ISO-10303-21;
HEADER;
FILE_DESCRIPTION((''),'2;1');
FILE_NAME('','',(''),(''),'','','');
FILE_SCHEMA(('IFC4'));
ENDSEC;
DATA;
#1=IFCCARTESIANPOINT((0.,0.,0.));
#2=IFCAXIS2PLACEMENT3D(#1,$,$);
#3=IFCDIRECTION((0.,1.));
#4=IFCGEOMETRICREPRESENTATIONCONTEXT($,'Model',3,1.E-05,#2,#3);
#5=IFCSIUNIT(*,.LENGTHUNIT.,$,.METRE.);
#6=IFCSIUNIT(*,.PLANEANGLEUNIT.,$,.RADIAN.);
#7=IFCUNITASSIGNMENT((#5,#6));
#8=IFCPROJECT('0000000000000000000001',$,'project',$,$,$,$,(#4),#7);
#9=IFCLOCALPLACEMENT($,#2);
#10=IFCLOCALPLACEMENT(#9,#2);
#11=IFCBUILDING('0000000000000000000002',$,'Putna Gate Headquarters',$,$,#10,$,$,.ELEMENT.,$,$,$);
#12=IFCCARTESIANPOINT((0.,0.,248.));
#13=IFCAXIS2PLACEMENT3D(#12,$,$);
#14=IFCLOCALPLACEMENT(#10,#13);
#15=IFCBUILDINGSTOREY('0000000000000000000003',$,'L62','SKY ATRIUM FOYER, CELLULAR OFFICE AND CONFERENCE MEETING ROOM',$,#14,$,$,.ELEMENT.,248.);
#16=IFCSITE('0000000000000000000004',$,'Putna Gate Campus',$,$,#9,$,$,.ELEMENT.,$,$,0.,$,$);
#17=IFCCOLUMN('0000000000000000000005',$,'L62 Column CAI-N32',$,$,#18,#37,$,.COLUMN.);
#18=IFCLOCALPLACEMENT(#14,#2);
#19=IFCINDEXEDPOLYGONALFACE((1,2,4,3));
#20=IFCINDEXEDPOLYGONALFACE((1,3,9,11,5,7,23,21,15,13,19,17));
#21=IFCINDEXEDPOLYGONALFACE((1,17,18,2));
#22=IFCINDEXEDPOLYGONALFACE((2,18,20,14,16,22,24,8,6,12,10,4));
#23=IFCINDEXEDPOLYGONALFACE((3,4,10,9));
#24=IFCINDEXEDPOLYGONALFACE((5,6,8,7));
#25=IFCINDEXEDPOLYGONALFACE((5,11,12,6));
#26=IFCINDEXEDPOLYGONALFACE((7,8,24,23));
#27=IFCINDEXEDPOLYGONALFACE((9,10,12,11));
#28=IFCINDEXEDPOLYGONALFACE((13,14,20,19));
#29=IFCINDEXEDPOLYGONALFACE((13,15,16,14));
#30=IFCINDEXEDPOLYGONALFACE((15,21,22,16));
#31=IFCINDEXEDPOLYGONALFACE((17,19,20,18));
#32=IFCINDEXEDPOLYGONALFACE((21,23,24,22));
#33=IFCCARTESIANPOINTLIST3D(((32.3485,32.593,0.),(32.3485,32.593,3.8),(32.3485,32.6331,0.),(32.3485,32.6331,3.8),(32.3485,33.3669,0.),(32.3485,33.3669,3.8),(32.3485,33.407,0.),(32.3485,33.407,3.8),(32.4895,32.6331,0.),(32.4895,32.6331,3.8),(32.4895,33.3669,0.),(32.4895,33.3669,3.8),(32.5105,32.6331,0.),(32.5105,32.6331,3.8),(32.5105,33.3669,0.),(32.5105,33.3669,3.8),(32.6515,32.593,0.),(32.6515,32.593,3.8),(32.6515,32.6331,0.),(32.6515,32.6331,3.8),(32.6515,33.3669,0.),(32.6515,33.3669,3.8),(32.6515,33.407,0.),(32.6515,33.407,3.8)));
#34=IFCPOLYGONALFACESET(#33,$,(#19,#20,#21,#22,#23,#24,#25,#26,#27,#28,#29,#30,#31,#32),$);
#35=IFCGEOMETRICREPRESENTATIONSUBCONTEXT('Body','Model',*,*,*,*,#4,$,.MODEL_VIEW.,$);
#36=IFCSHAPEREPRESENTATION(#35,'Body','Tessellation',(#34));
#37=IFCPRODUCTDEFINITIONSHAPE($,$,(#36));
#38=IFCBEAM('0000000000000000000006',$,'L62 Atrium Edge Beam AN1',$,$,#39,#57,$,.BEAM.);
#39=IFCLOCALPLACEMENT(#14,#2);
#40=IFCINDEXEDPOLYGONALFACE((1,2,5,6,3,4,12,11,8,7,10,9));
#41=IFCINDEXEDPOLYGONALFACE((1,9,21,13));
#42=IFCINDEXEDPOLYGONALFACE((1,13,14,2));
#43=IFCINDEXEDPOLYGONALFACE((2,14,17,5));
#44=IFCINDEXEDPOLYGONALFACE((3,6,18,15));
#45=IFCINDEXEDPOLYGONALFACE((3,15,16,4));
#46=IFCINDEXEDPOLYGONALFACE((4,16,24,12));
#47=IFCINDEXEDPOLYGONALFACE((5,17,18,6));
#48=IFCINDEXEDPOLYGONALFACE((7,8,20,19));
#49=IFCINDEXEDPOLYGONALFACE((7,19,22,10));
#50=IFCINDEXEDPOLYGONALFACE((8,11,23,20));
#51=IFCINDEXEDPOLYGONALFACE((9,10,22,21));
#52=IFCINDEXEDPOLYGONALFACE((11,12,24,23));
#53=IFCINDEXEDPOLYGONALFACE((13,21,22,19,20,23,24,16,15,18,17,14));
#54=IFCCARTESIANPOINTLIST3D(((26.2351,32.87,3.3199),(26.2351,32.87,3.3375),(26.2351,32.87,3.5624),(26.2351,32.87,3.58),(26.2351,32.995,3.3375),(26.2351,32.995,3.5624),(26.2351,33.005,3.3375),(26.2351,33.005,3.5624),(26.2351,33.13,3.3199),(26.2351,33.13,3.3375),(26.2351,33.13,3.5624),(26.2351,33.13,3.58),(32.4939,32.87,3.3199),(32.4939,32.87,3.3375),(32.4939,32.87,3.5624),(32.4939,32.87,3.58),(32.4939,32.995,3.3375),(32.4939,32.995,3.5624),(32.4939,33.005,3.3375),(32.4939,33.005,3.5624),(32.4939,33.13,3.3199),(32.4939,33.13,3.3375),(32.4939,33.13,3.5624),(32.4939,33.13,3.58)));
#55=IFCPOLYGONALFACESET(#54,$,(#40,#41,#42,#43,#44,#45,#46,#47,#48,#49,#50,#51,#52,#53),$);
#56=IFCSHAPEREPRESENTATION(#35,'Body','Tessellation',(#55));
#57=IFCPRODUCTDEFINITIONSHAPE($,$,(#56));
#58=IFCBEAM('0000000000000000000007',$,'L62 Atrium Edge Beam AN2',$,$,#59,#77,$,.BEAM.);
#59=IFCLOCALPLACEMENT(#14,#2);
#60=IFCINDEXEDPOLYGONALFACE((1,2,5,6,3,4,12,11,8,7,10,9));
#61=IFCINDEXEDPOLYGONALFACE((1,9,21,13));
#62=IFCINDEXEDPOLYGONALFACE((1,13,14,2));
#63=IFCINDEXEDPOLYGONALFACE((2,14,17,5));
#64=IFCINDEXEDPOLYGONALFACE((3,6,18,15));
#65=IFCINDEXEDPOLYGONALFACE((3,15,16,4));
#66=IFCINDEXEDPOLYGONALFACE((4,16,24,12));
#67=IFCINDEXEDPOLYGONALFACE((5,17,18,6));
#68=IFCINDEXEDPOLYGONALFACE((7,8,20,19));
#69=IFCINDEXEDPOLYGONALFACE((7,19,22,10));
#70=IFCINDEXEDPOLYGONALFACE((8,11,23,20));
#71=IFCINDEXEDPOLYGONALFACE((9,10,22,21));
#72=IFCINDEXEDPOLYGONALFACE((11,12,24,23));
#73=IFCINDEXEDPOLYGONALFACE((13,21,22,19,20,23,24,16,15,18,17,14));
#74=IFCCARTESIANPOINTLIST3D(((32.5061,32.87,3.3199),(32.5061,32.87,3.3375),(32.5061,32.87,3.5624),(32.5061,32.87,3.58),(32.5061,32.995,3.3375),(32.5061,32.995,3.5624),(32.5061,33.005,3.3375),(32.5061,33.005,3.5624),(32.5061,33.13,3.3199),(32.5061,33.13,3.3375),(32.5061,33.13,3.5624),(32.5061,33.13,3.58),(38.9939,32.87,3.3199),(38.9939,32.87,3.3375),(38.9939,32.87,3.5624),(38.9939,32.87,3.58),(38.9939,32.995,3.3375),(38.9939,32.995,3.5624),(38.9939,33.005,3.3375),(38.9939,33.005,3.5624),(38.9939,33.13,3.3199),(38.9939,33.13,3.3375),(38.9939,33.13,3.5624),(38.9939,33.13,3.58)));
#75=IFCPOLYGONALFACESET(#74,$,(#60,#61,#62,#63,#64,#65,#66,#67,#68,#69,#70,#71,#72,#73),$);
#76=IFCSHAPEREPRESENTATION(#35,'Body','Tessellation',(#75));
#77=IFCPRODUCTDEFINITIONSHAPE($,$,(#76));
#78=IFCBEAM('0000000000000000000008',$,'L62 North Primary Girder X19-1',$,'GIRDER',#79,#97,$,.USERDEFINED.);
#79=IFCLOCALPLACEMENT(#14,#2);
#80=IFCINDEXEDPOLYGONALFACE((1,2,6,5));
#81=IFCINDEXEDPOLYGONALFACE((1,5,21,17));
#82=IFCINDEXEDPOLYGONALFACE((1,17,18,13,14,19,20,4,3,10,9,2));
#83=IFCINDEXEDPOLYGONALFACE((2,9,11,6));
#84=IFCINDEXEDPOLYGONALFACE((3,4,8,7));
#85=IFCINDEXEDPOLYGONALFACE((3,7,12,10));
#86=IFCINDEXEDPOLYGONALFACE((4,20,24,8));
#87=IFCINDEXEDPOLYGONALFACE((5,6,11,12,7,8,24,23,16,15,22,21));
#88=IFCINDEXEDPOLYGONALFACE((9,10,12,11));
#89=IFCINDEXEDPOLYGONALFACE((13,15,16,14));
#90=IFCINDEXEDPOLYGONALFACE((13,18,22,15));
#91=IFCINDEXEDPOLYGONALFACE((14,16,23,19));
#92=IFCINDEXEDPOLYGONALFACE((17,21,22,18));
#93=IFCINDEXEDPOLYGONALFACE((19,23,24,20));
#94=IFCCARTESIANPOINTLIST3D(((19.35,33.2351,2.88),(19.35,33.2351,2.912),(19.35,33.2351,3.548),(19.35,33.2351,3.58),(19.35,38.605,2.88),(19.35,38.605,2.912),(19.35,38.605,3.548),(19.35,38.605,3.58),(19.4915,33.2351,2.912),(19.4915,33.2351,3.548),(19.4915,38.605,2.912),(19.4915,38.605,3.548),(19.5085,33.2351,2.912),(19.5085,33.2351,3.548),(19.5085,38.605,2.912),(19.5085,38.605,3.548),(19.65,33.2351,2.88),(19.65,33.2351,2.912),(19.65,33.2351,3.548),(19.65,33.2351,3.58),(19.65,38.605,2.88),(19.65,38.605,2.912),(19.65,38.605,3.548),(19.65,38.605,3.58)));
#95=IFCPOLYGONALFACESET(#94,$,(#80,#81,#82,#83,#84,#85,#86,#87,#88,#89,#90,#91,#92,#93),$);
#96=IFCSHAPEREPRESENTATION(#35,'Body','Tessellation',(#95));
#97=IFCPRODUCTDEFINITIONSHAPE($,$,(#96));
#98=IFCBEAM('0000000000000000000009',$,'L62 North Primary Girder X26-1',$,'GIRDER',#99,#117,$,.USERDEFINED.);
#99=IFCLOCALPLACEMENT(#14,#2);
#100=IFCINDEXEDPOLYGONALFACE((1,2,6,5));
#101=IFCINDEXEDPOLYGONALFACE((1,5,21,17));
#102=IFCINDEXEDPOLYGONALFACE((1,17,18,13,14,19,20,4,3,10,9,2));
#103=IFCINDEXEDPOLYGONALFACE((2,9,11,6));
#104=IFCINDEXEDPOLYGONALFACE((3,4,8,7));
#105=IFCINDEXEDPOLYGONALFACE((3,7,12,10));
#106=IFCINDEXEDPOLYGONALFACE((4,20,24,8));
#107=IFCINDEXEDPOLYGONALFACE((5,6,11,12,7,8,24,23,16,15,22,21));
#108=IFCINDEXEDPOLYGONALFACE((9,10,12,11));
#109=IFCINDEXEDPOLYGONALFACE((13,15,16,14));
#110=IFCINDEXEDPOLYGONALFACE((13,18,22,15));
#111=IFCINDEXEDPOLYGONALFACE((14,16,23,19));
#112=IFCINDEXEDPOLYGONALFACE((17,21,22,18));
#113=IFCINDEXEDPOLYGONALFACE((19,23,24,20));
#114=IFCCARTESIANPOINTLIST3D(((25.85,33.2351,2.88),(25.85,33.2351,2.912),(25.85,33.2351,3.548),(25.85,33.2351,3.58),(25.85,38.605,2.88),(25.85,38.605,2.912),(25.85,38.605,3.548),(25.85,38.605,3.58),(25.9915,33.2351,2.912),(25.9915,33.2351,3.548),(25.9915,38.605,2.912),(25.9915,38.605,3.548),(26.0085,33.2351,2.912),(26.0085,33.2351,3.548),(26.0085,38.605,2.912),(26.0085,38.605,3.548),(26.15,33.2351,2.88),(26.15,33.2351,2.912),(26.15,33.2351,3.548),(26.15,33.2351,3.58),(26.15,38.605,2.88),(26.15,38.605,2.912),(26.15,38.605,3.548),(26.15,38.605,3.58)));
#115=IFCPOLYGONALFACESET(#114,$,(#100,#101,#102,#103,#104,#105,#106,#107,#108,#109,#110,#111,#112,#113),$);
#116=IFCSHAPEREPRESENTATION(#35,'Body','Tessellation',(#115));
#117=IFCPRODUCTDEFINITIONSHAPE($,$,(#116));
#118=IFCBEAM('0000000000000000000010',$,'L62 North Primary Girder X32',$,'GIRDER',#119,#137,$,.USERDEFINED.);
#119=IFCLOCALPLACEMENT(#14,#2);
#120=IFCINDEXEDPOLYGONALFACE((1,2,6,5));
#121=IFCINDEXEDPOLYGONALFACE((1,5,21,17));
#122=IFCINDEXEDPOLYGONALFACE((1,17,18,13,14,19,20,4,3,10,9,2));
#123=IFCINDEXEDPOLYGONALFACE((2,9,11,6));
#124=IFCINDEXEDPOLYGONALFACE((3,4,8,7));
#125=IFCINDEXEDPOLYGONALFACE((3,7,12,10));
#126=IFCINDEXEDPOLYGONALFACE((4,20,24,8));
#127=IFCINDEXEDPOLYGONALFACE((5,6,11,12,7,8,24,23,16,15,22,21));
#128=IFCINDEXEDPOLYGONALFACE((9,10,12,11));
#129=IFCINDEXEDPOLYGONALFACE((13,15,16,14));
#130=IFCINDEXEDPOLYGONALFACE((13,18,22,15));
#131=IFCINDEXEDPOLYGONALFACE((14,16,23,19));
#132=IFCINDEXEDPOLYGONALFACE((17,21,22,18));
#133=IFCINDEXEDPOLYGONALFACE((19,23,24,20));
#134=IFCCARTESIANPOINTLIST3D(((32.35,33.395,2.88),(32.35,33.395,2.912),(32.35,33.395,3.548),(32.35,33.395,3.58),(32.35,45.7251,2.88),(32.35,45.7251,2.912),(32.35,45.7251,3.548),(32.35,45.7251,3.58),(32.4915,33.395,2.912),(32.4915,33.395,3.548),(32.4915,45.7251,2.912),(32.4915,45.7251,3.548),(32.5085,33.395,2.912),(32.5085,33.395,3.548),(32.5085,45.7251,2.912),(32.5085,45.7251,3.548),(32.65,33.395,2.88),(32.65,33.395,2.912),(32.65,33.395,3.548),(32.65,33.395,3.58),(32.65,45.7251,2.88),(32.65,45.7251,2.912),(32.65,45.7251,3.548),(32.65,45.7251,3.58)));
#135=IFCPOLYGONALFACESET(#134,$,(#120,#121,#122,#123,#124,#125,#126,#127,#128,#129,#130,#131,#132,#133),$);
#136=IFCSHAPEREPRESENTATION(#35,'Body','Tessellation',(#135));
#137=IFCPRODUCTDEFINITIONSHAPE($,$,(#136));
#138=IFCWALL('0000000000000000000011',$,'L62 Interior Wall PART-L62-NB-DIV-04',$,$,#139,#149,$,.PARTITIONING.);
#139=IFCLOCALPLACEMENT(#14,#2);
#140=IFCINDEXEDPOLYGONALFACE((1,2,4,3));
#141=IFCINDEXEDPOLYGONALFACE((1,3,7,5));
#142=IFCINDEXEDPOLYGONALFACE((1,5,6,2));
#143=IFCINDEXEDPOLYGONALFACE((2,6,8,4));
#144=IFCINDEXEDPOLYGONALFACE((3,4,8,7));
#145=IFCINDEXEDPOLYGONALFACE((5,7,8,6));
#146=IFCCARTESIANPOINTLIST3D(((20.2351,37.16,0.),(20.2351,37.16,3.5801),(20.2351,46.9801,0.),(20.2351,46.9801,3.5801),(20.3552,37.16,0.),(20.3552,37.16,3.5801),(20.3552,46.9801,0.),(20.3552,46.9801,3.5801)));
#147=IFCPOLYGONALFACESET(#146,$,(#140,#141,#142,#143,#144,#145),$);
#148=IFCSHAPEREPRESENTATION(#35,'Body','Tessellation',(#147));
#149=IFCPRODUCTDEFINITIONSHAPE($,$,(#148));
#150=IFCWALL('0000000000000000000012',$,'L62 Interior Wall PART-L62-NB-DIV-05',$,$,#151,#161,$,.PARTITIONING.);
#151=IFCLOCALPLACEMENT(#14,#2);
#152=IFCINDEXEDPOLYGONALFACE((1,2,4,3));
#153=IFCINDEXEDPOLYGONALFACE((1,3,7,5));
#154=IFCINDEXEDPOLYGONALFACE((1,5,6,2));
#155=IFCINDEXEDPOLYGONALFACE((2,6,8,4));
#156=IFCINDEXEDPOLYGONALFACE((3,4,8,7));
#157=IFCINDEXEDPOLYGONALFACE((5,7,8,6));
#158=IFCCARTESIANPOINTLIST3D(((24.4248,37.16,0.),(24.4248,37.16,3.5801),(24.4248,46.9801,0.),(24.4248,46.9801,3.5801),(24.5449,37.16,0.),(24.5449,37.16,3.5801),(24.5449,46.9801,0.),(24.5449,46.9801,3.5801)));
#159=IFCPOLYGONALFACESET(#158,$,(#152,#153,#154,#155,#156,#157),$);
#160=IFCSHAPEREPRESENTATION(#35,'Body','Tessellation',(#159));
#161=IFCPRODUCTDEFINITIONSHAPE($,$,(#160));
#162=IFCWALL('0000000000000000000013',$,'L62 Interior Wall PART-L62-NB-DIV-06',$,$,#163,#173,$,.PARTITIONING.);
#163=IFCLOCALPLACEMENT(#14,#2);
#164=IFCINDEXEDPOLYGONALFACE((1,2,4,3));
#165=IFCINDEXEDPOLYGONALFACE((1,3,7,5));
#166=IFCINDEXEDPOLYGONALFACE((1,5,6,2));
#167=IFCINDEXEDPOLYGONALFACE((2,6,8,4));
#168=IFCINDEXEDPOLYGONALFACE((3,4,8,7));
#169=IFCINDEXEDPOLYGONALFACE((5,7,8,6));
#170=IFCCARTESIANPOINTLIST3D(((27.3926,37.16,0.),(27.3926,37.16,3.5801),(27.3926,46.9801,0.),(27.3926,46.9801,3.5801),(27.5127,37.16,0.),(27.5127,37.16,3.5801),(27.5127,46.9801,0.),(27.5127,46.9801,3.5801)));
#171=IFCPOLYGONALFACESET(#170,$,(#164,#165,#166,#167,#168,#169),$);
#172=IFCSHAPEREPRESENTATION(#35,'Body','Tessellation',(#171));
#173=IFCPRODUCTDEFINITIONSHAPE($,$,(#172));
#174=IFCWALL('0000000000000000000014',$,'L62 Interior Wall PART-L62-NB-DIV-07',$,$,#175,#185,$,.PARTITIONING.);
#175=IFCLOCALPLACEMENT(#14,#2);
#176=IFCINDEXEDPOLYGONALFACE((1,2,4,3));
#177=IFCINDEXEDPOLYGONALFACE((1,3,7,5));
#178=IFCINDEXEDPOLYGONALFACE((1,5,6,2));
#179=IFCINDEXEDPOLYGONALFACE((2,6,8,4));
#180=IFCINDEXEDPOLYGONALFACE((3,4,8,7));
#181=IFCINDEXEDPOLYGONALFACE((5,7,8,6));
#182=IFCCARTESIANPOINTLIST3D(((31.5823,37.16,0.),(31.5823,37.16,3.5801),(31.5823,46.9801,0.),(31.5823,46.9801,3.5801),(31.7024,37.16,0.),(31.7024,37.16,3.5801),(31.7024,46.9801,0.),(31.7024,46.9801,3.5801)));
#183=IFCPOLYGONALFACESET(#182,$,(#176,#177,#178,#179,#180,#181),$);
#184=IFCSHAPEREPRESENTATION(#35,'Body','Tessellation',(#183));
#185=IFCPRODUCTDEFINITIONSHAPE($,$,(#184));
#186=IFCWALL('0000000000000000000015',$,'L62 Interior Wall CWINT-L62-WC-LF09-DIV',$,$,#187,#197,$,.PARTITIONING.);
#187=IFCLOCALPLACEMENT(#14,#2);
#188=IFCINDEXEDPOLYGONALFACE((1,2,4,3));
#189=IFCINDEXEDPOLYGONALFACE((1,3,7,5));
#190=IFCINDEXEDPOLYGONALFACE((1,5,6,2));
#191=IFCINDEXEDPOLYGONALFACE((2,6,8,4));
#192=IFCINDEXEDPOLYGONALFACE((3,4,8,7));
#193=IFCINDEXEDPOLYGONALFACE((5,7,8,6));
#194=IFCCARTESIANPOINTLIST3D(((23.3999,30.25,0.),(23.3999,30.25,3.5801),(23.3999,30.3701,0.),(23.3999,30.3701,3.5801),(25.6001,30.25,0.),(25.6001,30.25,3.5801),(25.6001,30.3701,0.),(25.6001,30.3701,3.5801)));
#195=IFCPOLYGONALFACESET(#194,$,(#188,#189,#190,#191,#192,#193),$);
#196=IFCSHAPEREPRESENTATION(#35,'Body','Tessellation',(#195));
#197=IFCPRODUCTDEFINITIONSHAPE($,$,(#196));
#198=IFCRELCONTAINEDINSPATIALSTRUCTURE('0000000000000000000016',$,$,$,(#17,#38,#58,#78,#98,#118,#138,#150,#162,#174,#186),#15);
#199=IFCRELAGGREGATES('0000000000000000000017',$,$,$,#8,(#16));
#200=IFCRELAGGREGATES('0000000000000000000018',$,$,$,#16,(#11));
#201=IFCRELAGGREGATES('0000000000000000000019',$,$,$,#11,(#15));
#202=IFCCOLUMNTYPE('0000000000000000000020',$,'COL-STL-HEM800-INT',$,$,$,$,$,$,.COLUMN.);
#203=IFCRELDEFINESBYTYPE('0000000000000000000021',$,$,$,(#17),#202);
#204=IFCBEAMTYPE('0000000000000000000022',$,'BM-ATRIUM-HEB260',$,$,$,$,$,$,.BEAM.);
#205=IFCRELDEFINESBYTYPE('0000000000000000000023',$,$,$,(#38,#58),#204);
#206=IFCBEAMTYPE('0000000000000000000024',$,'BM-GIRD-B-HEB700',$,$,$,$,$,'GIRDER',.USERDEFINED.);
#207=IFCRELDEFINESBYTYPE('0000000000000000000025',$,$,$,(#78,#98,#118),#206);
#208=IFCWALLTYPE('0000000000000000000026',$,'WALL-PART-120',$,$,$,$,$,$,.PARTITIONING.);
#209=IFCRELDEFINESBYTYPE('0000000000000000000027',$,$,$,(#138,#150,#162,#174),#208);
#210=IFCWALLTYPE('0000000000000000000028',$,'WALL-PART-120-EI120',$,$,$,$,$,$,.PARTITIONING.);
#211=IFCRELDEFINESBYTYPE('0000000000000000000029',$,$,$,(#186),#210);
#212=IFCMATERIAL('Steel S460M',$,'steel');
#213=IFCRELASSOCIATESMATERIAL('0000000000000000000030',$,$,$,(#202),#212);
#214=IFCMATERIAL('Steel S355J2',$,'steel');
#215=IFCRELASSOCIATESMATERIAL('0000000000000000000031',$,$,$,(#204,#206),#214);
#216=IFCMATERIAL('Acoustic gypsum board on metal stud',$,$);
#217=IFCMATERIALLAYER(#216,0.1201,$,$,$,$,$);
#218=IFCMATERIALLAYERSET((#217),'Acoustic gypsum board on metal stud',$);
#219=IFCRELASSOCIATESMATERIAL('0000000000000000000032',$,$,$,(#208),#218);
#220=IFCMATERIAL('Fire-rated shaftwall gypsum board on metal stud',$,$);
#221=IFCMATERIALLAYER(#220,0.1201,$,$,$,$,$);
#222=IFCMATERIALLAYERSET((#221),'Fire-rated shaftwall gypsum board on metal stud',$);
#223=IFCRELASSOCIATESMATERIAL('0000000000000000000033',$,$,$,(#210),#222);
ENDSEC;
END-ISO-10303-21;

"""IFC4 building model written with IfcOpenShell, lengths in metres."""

from ifc_helpers import new_model, si_unit, direction, frame, frame_2d, origin, origin_2d, place, context, subcontext, project, spatial, rectangle, i_section, extrude, material, layer, layer_set, material_profile, profile_set, type_object, element, save


model = new_model("IFC4")

# Units and contexts
model_context = context("Model", 3, precision=1e-05, world=origin(), true_north=direction((0.0, 1.0)))
body_context = subcontext(model_context, "Body", "Model", "MODEL_VIEW")
ifc_project = project(units=[si_unit("LENGTHUNIT", "METRE"), si_unit("PLANEANGLEUNIT", "RADIAN")], contexts=[model_context])

# Site, building, storey
site_placement = place(None, origin())
site = spatial("IfcSite", under=ifc_project, at=site_placement, Name="Putna Gate Campus", CompositionType="ELEMENT", RefElevation=0.0)
building_placement = place(site_placement, origin())
building = spatial("IfcBuilding", under=site, at=building_placement, Name="Putna Gate Headquarters", CompositionType="ELEMENT")
storey_placement = place(building_placement, frame((0.0, 0.0, 248.0)))
storey = spatial("IfcBuildingStorey", under=building, at=storey_placement, Name="L62", Description="SKY ATRIUM FOYER, CELLULAR OFFICE AND CONFERENCE MEETING ROOM", CompositionType="ELEMENT", Elevation=248.0)

# Column
ifc_material_1 = material(Name="Steel S460M", Category="steel")
ifc_material_profile_1 = material_profile(ifc_material_1, i_section(OverallWidth=0.303, OverallDepth=0.814, WebThickness=0.021, FlangeThickness=0.04, at=origin_2d()), Name="Steel S460M")
ifc_profile_set_1 = profile_set([ifc_material_profile_1], Name="Steel S460M")
column_type = type_object("IfcColumnType", Name="COL-STL-HEM800-INT", PredefinedType="COLUMN", material=ifc_profile_set_1)
column_placement = place(storey_placement, frame((32.5, 33.0, 0.0), z_axis=(0.0, 0.0, 1.0), x_axis=(1.0, 0.0, 0.0)))
element("IfcColumn", 1, at=column_placement, inside=storey, type_object=column_type, Name="L62 Column CAI-N32", PredefinedType="COLUMN", context=body_context, shape_type="SweptSolid", body=[
    extrude(i_section(OverallWidth=0.303, OverallDepth=0.814, WebThickness=0.021, FlangeThickness=0.04, at=origin_2d()), origin(), (0.0, 0.0, 1.0), 3.8),
])

# Beams
ifc_material_2 = material(Name="Steel S355J2", Category="steel")
ifc_material_profile_2 = material_profile(ifc_material_2, i_section(OverallWidth=0.26, OverallDepth=0.26, WebThickness=0.01, FlangeThickness=0.0176, at=origin_2d()), Name="Steel S355J2")
ifc_profile_set_2 = profile_set([ifc_material_profile_2], Name="Steel S355J2")
beam_type_1 = type_object("IfcBeamType", Name="BM-ATRIUM-HEB260", PredefinedType="BEAM", material=ifc_profile_set_2)
beam_1_placement = place(storey_placement, frame((26.2351, 33.0, 3.45), z_axis=(1.0, 0.0, 0.0), x_axis=(0.0, 1.0, 0.0)))
element("IfcBeam", 2, at=beam_1_placement, inside=storey, type_object=beam_type_1, Name="L62 Atrium Edge Beam AN1", PredefinedType="BEAM", context=body_context, shape_type="SweptSolid", body=[
    extrude(i_section(OverallWidth=0.26, OverallDepth=0.26, WebThickness=0.01, FlangeThickness=0.0176, at=origin_2d()), origin(), (0.0, 0.0, 1.0), 6.2588),
])
beam_2_placement = place(storey_placement, frame((32.5061, 33.0, 3.45), z_axis=(1.0, 0.0, 0.0), x_axis=(0.0, 1.0, 0.0)))
element("IfcBeam", 3, at=beam_2_placement, inside=storey, type_object=beam_type_1, Name="L62 Atrium Edge Beam AN2", PredefinedType="BEAM", context=body_context, shape_type="SweptSolid", body=[
    extrude(i_section(OverallWidth=0.26, OverallDepth=0.26, WebThickness=0.01, FlangeThickness=0.0176, at=origin_2d()), origin(), (0.0, 0.0, 1.0), 6.4878),
])
ifc_material_profile_3 = material_profile(ifc_material_2, i_section(OverallWidth=0.3, OverallDepth=0.7, WebThickness=0.0171, FlangeThickness=0.032, at=origin_2d()), Name="Steel S355J2")
ifc_profile_set_3 = profile_set([ifc_material_profile_3], Name="Steel S355J2")
beam_type_2 = type_object("IfcBeamType", Name="BM-GIRD-B-HEB700", ElementType="GIRDER", PredefinedType="USERDEFINED", material=ifc_profile_set_3)
for number, where, z_axis, x_axis, name in (
    (4, (19.5, 33.2351, 3.23), (0.0, 1.0, 0.0), (-1.0, 0.0, 0.0), "L62 North Primary Girder X19-1"),
    (5, (26.0, 33.2351, 3.23), (0.0, 1.0, 0.0), (-1.0, 0.0, 0.0), "L62 North Primary Girder X26-1"),
):
    element("IfcBeam", number, at=place(storey_placement, frame(where, z_axis=z_axis, x_axis=x_axis)), inside=storey, type_object=beam_type_2, Name=name, ObjectType="GIRDER", PredefinedType="USERDEFINED", context=body_context, shape_type="SweptSolid", body=[
        extrude(i_section(OverallWidth=0.3, OverallDepth=0.7, WebThickness=0.0171, FlangeThickness=0.032, at=origin_2d()), origin(), (0.0, 0.0, 1.0), 5.3699),
    ])
beam_3_placement = place(storey_placement, frame((32.5, 33.395, 3.23), z_axis=(0.0, 1.0, 0.0), x_axis=(-1.0, 0.0, 0.0)))
element("IfcBeam", 6, at=beam_3_placement, inside=storey, type_object=beam_type_2, Name="L62 North Primary Girder X32", ObjectType="GIRDER", PredefinedType="USERDEFINED", context=body_context, shape_type="SweptSolid", body=[
    extrude(i_section(OverallWidth=0.3, OverallDepth=0.7, WebThickness=0.0171, FlangeThickness=0.032, at=origin_2d()), origin(), (0.0, 0.0, 1.0), 12.3301),
])

# Walls
ifc_material_3 = material(Name="Acoustic gypsum board on metal stud")
ifc_layer_1 = layer(ifc_material_3, 0.1201)
ifc_layer_set_1 = layer_set([ifc_layer_1], Name="Acoustic gypsum board on metal stud")
wall_type_1 = type_object("IfcWallType", Name="WALL-PART-120", PredefinedType="PARTITIONING", material=ifc_layer_set_1)
for number, where, z_axis, x_axis, name in (
    (7, (20.2952, 37.1599, 0.0), (0.0, 0.0, 1.0), (0.0, 1.0, 0.0), "L62 Interior Wall PART-L62-NB-DIV-04"),
    (8, (24.4849, 37.1599, 0.0), (0.0, 0.0, 1.0), (0.0, 1.0, 0.0), "L62 Interior Wall PART-L62-NB-DIV-05"),
    (9, (27.4526, 37.1599, 0.0), (0.0, 0.0, 1.0), (0.0, 1.0, 0.0), "L62 Interior Wall PART-L62-NB-DIV-06"),
    (10, (31.6423, 37.1599, 0.0), (0.0, 0.0, 1.0), (0.0, 1.0, 0.0), "L62 Interior Wall PART-L62-NB-DIV-07"),
):
    element("IfcWall", number, at=place(storey_placement, frame(where, z_axis=z_axis, x_axis=x_axis)), inside=storey, type_object=wall_type_1, Name=name, PredefinedType="PARTITIONING", context=body_context, shape_type="SweptSolid", body=[
        extrude(rectangle(XDim=9.8201, YDim=0.1201, at=frame_2d((4.9102, 0.0))), origin(), (0.0, 0.0, 1.0), 3.5801),
    ])
ifc_material_4 = material(Name="Fire-rated shaftwall gypsum board on metal stud")
ifc_layer_2 = layer(ifc_material_4, 0.1201)
ifc_layer_set_2 = layer_set([ifc_layer_2], Name="Fire-rated shaftwall gypsum board on metal stud")
wall_type_2 = type_object("IfcWallType", Name="WALL-PART-120-EI120", PredefinedType="PARTITIONING", material=ifc_layer_set_2)
wall_1_placement = place(storey_placement, frame((23.3999, 30.3101, 0.0), z_axis=(0.0, 0.0, 1.0), x_axis=(1.0, 0.0, 0.0)))
element("IfcWall", 11, at=wall_1_placement, inside=storey, type_object=wall_type_2, Name="L62 Interior Wall CWINT-L62-WC-LF09-DIV", PredefinedType="PARTITIONING", context=body_context, shape_type="SweptSolid", body=[
    extrude(rectangle(XDim=2.2002, YDim=0.1201, at=frame_2d((1.1001, 0.0))), origin(), (0.0, 0.0, 1.0), 3.5801),
])

save(model, "model.ifc")
